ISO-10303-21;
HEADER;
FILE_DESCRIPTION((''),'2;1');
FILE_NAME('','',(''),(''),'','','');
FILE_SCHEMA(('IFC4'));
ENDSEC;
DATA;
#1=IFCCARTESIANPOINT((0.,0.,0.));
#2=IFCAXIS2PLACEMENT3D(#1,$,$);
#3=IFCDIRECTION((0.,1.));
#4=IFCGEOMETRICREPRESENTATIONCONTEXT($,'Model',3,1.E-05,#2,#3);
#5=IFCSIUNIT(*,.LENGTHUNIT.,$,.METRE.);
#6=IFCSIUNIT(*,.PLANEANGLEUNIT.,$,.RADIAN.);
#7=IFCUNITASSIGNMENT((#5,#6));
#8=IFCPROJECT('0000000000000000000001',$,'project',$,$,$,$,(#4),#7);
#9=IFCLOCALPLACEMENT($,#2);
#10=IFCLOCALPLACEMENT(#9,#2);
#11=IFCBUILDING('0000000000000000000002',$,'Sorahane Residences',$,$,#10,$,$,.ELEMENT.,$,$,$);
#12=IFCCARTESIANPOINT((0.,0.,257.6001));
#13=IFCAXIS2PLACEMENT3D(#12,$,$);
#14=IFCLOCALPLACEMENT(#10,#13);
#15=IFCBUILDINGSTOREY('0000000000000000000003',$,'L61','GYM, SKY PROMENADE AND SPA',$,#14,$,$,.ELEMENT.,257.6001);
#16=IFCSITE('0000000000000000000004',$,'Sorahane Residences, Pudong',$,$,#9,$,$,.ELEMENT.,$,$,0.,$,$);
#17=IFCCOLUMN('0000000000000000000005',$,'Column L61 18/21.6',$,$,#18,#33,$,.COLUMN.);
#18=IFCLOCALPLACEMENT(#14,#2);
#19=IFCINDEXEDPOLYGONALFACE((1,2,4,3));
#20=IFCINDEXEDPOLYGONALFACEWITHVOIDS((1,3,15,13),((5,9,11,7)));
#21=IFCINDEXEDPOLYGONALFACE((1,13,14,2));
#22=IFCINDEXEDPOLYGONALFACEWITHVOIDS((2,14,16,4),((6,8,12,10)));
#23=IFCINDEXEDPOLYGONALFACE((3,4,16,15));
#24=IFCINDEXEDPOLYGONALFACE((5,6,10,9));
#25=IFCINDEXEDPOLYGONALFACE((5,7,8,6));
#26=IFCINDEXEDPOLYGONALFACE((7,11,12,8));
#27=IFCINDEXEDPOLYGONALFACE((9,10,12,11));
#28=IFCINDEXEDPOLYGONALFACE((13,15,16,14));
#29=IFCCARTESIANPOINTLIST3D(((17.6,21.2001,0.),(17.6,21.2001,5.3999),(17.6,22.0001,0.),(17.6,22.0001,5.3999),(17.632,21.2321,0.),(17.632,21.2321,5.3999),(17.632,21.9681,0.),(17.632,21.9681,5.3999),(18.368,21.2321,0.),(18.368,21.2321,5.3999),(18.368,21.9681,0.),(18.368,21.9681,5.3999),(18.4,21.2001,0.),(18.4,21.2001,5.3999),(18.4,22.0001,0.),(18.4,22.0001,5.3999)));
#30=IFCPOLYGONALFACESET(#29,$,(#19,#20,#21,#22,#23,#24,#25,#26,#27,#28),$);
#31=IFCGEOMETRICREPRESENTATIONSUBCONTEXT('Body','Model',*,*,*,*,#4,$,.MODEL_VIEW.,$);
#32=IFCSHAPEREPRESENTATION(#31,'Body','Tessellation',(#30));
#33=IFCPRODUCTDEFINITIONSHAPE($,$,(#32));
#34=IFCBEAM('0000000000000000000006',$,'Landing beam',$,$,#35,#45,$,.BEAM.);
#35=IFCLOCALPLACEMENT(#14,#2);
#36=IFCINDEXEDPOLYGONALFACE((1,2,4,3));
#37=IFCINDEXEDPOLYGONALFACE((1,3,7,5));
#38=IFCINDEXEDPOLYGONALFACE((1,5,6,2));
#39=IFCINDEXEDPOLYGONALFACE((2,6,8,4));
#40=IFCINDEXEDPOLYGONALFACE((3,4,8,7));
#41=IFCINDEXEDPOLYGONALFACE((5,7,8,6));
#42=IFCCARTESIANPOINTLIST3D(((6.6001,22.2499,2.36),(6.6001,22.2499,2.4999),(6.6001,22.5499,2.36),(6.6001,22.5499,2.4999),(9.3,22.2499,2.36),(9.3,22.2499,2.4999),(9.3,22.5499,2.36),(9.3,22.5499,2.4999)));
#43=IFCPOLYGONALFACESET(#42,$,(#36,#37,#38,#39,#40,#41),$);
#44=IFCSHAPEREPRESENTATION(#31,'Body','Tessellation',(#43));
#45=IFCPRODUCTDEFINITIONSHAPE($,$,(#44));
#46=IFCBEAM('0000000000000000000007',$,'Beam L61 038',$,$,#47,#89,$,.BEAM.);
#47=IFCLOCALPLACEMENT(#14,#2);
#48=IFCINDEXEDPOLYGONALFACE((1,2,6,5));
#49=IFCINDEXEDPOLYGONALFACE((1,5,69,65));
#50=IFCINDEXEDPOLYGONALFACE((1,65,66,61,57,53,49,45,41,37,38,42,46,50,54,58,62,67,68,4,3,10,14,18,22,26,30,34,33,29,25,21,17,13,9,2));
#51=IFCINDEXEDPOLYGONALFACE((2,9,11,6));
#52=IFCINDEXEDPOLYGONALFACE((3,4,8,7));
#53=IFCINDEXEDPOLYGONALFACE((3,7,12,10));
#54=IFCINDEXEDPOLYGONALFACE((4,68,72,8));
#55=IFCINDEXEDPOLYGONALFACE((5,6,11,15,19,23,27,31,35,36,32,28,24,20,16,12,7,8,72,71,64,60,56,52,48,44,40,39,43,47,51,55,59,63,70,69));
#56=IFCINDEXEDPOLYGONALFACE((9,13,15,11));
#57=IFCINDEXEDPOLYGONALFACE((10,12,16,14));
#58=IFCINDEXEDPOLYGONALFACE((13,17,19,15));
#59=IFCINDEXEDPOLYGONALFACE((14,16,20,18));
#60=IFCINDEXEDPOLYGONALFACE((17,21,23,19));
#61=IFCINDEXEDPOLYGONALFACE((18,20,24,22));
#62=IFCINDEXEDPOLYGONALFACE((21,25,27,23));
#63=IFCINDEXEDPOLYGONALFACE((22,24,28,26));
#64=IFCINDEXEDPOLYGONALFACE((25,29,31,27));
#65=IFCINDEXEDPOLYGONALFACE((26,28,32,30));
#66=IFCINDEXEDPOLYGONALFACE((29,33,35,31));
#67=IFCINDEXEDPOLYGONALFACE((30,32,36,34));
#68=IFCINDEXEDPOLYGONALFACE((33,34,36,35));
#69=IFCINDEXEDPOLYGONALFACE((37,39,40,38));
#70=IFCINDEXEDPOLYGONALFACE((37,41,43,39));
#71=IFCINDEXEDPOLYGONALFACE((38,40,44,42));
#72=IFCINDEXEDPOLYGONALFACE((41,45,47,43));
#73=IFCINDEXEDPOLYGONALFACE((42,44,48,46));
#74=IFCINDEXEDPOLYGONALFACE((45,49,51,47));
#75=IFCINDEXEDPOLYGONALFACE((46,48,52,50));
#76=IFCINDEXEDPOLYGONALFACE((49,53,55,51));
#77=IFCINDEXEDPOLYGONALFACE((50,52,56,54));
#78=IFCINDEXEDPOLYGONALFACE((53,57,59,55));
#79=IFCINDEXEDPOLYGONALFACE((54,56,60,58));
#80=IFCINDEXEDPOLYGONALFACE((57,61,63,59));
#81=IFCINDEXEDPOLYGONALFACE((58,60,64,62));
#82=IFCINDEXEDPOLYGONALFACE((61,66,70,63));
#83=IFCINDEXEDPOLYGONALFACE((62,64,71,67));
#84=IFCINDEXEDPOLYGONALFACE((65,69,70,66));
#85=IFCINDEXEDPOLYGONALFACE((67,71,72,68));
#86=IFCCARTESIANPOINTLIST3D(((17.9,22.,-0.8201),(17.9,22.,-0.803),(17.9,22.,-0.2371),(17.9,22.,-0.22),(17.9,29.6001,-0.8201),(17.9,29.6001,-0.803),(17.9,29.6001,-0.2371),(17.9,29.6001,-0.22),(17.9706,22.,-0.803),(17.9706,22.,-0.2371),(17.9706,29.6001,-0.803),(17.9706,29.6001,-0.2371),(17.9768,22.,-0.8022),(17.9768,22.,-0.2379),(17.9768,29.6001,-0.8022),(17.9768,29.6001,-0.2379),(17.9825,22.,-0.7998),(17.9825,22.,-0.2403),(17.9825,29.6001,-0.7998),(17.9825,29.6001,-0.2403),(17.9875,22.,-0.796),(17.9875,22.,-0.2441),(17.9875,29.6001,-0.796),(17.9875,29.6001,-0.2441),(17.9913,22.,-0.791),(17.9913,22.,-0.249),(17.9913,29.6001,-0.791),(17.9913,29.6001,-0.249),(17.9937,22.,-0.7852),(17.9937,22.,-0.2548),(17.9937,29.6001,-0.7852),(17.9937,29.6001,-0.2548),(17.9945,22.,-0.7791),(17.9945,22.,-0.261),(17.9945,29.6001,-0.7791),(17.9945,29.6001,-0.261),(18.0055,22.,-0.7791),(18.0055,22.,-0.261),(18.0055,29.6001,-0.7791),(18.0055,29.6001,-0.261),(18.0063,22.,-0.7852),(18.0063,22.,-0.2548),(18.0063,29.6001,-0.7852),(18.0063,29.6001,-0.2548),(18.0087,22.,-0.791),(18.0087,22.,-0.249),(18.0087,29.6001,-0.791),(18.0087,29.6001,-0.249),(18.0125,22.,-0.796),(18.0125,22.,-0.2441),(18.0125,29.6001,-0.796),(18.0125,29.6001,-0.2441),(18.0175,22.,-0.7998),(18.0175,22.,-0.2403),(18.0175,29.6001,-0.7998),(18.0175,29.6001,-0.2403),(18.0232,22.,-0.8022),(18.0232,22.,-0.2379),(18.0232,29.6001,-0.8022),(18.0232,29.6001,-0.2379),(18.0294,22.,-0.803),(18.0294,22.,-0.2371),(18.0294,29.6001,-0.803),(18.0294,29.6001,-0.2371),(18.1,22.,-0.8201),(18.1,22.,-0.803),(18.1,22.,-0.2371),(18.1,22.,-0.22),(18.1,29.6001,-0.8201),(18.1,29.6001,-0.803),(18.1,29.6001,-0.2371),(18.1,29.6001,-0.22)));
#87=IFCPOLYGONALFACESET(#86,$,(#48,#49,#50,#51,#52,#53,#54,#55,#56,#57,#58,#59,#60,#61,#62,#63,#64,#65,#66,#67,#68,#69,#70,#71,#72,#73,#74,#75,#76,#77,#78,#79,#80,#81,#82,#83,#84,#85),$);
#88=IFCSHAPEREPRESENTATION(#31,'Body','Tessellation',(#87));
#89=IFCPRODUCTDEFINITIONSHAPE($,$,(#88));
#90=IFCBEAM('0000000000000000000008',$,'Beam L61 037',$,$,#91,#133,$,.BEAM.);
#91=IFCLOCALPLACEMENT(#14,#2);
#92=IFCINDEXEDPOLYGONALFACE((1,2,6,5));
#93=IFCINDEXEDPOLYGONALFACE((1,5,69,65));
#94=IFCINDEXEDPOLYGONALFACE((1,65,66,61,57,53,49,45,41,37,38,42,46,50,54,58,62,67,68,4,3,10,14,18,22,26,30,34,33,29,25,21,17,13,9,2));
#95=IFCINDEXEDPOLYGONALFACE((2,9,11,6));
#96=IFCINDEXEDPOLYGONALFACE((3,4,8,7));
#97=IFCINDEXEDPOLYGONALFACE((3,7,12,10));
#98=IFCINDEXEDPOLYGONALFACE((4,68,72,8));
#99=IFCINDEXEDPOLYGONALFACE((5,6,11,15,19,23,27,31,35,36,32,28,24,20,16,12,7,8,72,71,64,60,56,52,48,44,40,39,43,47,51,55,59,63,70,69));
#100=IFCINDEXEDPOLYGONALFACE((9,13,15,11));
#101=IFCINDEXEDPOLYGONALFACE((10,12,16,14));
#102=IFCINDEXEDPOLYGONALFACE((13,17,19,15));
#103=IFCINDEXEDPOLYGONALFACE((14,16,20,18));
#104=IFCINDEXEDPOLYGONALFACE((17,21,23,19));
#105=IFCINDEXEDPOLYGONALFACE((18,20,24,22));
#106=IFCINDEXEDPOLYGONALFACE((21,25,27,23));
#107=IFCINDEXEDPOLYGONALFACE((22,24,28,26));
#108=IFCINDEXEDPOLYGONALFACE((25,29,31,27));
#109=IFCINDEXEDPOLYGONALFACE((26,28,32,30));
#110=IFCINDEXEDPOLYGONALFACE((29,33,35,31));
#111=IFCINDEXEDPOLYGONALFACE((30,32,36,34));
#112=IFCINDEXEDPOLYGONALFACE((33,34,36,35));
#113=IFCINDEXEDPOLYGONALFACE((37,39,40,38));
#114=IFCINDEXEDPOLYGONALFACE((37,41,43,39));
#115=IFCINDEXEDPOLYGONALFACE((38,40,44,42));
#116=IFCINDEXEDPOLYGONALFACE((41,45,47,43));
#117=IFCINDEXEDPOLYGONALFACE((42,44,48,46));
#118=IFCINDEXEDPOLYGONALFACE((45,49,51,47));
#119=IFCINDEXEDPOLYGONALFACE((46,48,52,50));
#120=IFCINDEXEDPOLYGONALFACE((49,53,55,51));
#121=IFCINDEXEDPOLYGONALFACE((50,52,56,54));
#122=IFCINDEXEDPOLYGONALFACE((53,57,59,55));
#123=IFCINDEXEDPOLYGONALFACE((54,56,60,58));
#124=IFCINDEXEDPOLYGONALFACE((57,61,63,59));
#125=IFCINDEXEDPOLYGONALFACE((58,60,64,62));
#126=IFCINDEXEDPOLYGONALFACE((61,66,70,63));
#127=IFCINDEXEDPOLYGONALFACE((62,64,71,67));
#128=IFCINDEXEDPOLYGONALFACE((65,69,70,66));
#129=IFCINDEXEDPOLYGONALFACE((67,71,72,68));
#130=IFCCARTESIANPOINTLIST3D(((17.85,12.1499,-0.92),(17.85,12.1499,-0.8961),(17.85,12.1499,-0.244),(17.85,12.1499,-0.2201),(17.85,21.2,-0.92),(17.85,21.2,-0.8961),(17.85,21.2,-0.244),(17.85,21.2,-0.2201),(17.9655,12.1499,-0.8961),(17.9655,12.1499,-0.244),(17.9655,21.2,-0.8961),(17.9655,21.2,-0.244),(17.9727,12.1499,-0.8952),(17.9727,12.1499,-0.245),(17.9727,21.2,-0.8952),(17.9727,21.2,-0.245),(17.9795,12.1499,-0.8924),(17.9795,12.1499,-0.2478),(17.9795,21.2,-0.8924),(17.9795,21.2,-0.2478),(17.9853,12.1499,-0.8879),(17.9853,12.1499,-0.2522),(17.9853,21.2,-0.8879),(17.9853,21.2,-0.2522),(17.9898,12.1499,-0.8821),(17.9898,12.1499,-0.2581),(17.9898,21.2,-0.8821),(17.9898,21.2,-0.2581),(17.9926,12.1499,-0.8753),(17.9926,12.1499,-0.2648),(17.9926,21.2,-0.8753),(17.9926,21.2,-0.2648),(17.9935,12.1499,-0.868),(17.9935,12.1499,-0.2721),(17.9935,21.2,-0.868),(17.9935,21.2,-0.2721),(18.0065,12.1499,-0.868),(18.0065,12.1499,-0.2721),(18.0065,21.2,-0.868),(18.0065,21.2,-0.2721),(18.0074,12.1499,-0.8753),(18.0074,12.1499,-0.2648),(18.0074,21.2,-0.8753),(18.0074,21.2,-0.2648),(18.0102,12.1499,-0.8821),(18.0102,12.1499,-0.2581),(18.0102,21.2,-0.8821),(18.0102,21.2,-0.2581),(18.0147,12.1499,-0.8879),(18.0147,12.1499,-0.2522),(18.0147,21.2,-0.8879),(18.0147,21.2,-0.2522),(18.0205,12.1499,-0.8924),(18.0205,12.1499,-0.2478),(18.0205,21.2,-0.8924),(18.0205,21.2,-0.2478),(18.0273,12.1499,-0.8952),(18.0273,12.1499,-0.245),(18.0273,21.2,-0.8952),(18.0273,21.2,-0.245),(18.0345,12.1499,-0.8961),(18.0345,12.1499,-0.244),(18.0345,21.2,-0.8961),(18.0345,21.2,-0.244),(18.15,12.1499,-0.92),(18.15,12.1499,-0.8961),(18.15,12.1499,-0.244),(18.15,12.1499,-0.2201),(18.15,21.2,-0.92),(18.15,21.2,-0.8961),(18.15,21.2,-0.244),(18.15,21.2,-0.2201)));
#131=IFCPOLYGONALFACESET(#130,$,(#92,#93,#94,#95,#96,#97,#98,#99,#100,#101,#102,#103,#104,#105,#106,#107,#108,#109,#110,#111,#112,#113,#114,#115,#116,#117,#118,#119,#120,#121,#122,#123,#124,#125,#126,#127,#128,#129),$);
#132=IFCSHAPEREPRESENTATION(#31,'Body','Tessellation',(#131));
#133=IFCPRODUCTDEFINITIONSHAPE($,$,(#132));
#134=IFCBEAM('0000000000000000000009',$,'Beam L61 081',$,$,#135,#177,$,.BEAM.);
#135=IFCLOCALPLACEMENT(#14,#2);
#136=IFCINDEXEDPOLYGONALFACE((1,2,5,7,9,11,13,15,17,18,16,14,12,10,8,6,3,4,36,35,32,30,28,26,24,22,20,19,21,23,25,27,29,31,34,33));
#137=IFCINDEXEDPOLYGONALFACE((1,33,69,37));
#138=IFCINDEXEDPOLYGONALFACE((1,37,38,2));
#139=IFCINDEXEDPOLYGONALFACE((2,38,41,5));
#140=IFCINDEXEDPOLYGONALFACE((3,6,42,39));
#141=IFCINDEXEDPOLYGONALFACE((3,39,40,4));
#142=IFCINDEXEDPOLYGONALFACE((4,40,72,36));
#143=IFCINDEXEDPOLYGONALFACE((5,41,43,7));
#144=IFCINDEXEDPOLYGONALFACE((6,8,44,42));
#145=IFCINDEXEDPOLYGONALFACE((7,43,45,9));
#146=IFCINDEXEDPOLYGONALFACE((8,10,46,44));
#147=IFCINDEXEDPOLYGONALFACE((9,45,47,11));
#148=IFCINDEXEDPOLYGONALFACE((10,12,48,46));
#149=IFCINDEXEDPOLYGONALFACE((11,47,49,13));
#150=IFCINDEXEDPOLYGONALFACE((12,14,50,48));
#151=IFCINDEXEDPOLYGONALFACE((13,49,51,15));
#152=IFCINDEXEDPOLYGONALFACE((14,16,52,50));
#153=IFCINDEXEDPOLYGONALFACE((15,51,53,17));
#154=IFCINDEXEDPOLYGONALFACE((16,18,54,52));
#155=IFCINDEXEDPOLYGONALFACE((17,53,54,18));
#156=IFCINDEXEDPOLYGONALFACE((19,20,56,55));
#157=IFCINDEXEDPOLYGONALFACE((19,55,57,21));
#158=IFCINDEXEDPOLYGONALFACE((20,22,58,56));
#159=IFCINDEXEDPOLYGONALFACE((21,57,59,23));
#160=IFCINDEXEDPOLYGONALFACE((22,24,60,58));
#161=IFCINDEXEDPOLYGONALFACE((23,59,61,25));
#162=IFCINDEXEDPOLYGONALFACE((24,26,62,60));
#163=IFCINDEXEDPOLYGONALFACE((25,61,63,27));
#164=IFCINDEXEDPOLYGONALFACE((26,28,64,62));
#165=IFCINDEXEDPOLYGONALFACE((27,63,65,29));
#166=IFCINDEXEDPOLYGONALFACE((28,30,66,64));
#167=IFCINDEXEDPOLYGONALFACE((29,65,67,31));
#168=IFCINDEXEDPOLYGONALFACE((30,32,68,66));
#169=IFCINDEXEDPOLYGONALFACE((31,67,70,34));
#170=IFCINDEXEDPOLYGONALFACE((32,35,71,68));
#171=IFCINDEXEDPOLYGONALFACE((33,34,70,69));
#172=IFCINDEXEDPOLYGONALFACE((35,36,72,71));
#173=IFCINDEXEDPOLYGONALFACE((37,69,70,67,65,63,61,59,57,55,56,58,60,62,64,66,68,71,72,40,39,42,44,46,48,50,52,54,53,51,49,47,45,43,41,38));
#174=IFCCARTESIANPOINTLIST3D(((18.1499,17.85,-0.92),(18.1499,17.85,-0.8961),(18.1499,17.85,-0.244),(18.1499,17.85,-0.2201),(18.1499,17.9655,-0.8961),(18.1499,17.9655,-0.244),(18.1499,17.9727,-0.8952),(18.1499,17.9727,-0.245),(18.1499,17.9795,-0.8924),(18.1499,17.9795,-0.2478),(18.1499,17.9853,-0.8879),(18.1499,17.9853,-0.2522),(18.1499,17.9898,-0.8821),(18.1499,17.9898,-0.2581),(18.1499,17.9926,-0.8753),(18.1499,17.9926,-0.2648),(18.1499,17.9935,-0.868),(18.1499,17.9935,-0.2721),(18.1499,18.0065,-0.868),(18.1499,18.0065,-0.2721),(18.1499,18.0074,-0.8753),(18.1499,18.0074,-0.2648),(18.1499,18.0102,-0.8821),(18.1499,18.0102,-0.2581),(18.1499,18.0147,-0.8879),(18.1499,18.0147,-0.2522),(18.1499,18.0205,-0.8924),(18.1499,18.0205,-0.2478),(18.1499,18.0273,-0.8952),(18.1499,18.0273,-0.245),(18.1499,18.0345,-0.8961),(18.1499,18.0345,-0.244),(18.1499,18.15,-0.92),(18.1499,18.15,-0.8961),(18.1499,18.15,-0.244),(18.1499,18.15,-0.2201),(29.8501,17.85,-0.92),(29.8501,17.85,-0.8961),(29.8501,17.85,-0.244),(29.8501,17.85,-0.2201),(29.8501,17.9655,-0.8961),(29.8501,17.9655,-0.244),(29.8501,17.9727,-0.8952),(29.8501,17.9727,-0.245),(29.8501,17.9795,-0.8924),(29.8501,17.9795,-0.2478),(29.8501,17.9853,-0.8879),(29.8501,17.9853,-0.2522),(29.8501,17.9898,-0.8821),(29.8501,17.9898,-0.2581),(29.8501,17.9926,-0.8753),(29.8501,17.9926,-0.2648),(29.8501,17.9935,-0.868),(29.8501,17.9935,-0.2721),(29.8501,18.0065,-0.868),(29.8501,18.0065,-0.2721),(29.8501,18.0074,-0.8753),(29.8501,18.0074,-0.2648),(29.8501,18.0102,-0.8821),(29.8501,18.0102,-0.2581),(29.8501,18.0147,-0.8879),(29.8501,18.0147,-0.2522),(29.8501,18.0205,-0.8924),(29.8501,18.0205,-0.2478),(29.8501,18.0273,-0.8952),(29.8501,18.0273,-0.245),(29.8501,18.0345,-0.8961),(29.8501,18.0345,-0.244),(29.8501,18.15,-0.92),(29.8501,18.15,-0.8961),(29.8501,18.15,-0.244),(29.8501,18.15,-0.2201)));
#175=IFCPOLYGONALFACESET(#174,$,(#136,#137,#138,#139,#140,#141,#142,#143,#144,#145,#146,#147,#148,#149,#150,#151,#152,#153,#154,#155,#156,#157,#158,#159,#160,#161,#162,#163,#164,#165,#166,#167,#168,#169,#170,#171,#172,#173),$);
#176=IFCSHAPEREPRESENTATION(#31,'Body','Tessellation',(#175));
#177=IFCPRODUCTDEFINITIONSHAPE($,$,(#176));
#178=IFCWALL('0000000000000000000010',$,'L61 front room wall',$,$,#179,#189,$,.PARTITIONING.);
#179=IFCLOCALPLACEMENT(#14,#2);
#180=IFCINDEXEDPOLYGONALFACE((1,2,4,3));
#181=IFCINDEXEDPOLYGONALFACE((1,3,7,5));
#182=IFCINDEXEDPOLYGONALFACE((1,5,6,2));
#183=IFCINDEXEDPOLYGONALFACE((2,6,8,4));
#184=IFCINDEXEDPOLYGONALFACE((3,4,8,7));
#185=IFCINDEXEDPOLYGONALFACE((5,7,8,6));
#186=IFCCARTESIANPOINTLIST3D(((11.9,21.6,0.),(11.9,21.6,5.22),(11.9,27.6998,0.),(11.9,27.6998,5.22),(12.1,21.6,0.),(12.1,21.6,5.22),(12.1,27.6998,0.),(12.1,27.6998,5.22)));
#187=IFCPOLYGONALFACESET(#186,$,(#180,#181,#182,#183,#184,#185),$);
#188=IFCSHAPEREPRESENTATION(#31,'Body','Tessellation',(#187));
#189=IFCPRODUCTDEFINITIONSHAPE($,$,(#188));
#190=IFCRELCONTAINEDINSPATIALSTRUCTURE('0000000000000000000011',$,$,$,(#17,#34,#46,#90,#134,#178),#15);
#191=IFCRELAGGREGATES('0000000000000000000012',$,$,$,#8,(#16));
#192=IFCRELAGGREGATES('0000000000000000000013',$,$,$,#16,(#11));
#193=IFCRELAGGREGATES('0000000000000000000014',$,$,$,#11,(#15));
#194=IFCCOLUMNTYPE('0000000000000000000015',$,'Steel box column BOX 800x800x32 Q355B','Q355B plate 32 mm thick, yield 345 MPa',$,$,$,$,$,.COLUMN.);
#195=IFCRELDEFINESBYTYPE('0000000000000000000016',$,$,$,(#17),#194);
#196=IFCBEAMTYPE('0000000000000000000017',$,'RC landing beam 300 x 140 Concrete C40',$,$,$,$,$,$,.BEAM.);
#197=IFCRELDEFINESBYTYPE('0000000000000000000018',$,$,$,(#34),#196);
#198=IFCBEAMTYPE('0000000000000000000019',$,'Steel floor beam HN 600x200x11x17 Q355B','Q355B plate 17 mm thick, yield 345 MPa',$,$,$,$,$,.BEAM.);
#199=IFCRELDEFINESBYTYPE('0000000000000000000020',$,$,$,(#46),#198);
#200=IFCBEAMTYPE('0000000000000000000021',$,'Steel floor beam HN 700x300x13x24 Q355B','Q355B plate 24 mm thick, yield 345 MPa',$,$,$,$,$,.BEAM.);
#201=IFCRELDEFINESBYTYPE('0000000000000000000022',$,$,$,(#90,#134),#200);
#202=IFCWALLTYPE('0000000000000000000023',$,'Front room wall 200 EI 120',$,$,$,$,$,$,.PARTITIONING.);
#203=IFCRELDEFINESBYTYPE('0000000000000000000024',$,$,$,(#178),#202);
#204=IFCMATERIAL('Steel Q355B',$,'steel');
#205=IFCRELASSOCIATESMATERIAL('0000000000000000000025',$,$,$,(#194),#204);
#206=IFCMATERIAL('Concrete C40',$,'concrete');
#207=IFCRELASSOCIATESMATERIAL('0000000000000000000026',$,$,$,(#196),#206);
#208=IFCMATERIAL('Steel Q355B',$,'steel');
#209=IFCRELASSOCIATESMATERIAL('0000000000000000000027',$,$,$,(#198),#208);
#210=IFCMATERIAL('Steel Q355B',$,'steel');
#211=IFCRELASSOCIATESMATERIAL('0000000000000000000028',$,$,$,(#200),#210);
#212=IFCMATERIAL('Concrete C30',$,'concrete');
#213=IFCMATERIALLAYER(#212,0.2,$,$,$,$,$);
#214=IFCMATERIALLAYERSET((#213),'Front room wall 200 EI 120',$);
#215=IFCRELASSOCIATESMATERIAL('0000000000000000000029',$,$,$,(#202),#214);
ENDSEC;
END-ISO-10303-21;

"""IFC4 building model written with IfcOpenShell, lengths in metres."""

from ifc_helpers import new_model, si_unit, direction, frame, frame_2d, origin, origin_2d, place, context, subcontext, project, spatial, rectangle, hollow_rectangle, i_section, extrude, material, layer, layer_set, material_profile, profile_set, type_object, element, save


model = new_model("IFC4")

# Units and contexts
model_context = context("Model", 3, precision=1e-05, world=origin(), true_north=direction((0.0, 1.0)))
body_context = subcontext(model_context, "Body", "Model", "MODEL_VIEW")
ifc_project = project(units=[si_unit("LENGTHUNIT", "METRE"), si_unit("PLANEANGLEUNIT", "RADIAN")], contexts=[model_context])

# Site, building, storey
site_placement = place(None, origin())
site = spatial("IfcSite", under=ifc_project, at=site_placement, Name="Sorahane Residences, Pudong", CompositionType="ELEMENT", RefElevation=0.0)
building_placement = place(site_placement, origin())
building = spatial("IfcBuilding", under=site, at=building_placement, Name="Sorahane Residences", CompositionType="ELEMENT")
storey_placement = place(building_placement, frame((0.0, 0.0, 257.6001)))
storey = spatial("IfcBuildingStorey", under=building, at=storey_placement, Name="L61", Description="GYM, SKY PROMENADE AND SPA", CompositionType="ELEMENT", Elevation=257.6001)

# Column
ifc_material_1 = material(Name="Steel Q355B", Category="steel")
ifc_material_profile_1 = material_profile(ifc_material_1, hollow_rectangle(XDim=0.8, YDim=0.8, WallThickness=0.032, at=origin_2d()), Name="BOX 800x800x32")
ifc_profile_set_1 = profile_set([ifc_material_profile_1], Name="Steel Q355B")
column_type = type_object("IfcColumnType", Name="Steel box column BOX 800x800x32 Q355B", Description="Q355B plate 32 mm thick, yield 345 MPa", PredefinedType="COLUMN", material=ifc_profile_set_1)
column_placement = place(storey_placement, frame((18.0, 21.6001, 0.0), z_axis=(0.0, 0.0, 1.0), x_axis=(1.0, 0.0, 0.0)))
element("IfcColumn", 1, at=column_placement, inside=storey, type_object=column_type, Name="Column L61 18/21.6", PredefinedType="COLUMN", context=body_context, shape_type="SweptSolid", body=[
    extrude(hollow_rectangle(XDim=0.8, YDim=0.8, WallThickness=0.032, at=origin_2d()), origin(), (0.0, 0.0, 1.0), 5.3999),
])

# Beams
ifc_material_2 = material(Name="Concrete C40", Category="concrete")
ifc_material_profile_2 = material_profile(ifc_material_2, rectangle(XDim=0.3, YDim=0.1399, at=origin_2d()), Name="300x140")
ifc_profile_set_2 = profile_set([ifc_material_profile_2], Name="Concrete C40")
beam_type_1 = type_object("IfcBeamType", Name="RC landing beam 300 x 140 Concrete C40", PredefinedType="BEAM", material=ifc_profile_set_2)
beam_1_placement = place(storey_placement, frame((6.6001, 22.3999, 2.4299), z_axis=(1.0, 0.0, 0.0), x_axis=(0.0, 1.0, 0.0)))
element("IfcBeam", 2, at=beam_1_placement, inside=storey, type_object=beam_type_1, Name="Landing beam", PredefinedType="BEAM", context=body_context, shape_type="SweptSolid", body=[
    extrude(rectangle(XDim=0.3, YDim=0.1399, at=origin_2d()), origin(), (0.0, 0.0, 1.0), 2.7),
])
ifc_material_3 = material(Name="Steel Q355B", Category="steel")
ifc_material_profile_3 = material_profile(ifc_material_3, i_section(OverallWidth=0.2, OverallDepth=0.6001, WebThickness=0.011, FlangeThickness=0.0171, FilletRadius=0.0239, at=origin_2d()), Name="HN 600x200x11x17")
ifc_profile_set_3 = profile_set([ifc_material_profile_3], Name="Steel Q355B")
beam_type_2 = type_object("IfcBeamType", Name="Steel floor beam HN 600x200x11x17 Q355B", Description="Q355B plate 17 mm thick, yield 345 MPa", PredefinedType="BEAM", material=ifc_profile_set_3)
beam_2_placement = place(storey_placement, frame((18.0, 22.0, -0.52), z_axis=(0.0, 1.0, 0.0), x_axis=(-1.0, 0.0, 0.0)))
element("IfcBeam", 3, at=beam_2_placement, inside=storey, type_object=beam_type_2, Name="Beam L61 038", PredefinedType="BEAM", context=body_context, shape_type="SweptSolid", body=[
    extrude(i_section(OverallWidth=0.2, OverallDepth=0.6001, WebThickness=0.011, FlangeThickness=0.0171, FilletRadius=0.0239, at=origin_2d()), origin(), (0.0, 0.0, 1.0), 7.6001),
])
ifc_material_4 = material(Name="Steel Q355B", Category="steel")
ifc_material_profile_4 = material_profile(ifc_material_4, i_section(OverallWidth=0.3, OverallDepth=0.7, WebThickness=0.0129, FlangeThickness=0.0239, FilletRadius=0.0281, at=origin_2d()), Name="HN 700x300x13x24")
ifc_profile_set_4 = profile_set([ifc_material_profile_4], Name="Steel Q355B")
beam_type_3 = type_object("IfcBeamType", Name="Steel floor beam HN 700x300x13x24 Q355B", Description="Q355B plate 24 mm thick, yield 345 MPa", PredefinedType="BEAM", material=ifc_profile_set_4)
beam_3_placement = place(storey_placement, frame((18.0, 12.1499, -0.5701), z_axis=(0.0, 1.0, 0.0), x_axis=(-1.0, 0.0, 0.0)))
element("IfcBeam", 4, at=beam_3_placement, inside=storey, type_object=beam_type_3, Name="Beam L61 037", PredefinedType="BEAM", context=body_context, shape_type="SweptSolid", body=[
    extrude(i_section(OverallWidth=0.3, OverallDepth=0.7, WebThickness=0.0129, FlangeThickness=0.0239, FilletRadius=0.0281, at=origin_2d()), origin(), (0.0, 0.0, 1.0), 9.05),
])
beam_4_placement = place(storey_placement, frame((18.1499, 18.0, -0.5701), z_axis=(1.0, 0.0, 0.0), x_axis=(0.0, 1.0, 0.0)))
element("IfcBeam", 5, at=beam_4_placement, inside=storey, type_object=beam_type_3, Name="Beam L61 081", PredefinedType="BEAM", context=body_context, shape_type="SweptSolid", body=[
    extrude(i_section(OverallWidth=0.3, OverallDepth=0.7, WebThickness=0.0129, FlangeThickness=0.0239, FilletRadius=0.0281, at=origin_2d()), origin(), (0.0, 0.0, 1.0), 11.7002),
])

# Wall
ifc_material_5 = material(Name="Concrete C30", Category="concrete")
ifc_layer_1 = layer(ifc_material_5, 0.2)
ifc_layer_set_1 = layer_set([ifc_layer_1], Name="Front room wall 200 EI 120")
wall_type_1 = type_object("IfcWallType", Name="Front room wall 200 EI 120", PredefinedType="PARTITIONING", material=ifc_layer_set_1)
wall_1_placement = place(storey_placement, frame((12.0, 21.6001, 0.0), z_axis=(0.0, 0.0, 1.0), x_axis=(0.0, 1.0, 0.0)))
element("IfcWall", 6, at=wall_1_placement, inside=storey, type_object=wall_type_1, Name="L61 front room wall", PredefinedType="PARTITIONING", context=body_context, shape_type="SweptSolid", body=[
    extrude(rectangle(XDim=6.0999, YDim=0.2, at=frame_2d((3.0498, 0.0))), origin(), (0.0, 0.0, 1.0), 5.22),
])

save(model, "model.ifc")
